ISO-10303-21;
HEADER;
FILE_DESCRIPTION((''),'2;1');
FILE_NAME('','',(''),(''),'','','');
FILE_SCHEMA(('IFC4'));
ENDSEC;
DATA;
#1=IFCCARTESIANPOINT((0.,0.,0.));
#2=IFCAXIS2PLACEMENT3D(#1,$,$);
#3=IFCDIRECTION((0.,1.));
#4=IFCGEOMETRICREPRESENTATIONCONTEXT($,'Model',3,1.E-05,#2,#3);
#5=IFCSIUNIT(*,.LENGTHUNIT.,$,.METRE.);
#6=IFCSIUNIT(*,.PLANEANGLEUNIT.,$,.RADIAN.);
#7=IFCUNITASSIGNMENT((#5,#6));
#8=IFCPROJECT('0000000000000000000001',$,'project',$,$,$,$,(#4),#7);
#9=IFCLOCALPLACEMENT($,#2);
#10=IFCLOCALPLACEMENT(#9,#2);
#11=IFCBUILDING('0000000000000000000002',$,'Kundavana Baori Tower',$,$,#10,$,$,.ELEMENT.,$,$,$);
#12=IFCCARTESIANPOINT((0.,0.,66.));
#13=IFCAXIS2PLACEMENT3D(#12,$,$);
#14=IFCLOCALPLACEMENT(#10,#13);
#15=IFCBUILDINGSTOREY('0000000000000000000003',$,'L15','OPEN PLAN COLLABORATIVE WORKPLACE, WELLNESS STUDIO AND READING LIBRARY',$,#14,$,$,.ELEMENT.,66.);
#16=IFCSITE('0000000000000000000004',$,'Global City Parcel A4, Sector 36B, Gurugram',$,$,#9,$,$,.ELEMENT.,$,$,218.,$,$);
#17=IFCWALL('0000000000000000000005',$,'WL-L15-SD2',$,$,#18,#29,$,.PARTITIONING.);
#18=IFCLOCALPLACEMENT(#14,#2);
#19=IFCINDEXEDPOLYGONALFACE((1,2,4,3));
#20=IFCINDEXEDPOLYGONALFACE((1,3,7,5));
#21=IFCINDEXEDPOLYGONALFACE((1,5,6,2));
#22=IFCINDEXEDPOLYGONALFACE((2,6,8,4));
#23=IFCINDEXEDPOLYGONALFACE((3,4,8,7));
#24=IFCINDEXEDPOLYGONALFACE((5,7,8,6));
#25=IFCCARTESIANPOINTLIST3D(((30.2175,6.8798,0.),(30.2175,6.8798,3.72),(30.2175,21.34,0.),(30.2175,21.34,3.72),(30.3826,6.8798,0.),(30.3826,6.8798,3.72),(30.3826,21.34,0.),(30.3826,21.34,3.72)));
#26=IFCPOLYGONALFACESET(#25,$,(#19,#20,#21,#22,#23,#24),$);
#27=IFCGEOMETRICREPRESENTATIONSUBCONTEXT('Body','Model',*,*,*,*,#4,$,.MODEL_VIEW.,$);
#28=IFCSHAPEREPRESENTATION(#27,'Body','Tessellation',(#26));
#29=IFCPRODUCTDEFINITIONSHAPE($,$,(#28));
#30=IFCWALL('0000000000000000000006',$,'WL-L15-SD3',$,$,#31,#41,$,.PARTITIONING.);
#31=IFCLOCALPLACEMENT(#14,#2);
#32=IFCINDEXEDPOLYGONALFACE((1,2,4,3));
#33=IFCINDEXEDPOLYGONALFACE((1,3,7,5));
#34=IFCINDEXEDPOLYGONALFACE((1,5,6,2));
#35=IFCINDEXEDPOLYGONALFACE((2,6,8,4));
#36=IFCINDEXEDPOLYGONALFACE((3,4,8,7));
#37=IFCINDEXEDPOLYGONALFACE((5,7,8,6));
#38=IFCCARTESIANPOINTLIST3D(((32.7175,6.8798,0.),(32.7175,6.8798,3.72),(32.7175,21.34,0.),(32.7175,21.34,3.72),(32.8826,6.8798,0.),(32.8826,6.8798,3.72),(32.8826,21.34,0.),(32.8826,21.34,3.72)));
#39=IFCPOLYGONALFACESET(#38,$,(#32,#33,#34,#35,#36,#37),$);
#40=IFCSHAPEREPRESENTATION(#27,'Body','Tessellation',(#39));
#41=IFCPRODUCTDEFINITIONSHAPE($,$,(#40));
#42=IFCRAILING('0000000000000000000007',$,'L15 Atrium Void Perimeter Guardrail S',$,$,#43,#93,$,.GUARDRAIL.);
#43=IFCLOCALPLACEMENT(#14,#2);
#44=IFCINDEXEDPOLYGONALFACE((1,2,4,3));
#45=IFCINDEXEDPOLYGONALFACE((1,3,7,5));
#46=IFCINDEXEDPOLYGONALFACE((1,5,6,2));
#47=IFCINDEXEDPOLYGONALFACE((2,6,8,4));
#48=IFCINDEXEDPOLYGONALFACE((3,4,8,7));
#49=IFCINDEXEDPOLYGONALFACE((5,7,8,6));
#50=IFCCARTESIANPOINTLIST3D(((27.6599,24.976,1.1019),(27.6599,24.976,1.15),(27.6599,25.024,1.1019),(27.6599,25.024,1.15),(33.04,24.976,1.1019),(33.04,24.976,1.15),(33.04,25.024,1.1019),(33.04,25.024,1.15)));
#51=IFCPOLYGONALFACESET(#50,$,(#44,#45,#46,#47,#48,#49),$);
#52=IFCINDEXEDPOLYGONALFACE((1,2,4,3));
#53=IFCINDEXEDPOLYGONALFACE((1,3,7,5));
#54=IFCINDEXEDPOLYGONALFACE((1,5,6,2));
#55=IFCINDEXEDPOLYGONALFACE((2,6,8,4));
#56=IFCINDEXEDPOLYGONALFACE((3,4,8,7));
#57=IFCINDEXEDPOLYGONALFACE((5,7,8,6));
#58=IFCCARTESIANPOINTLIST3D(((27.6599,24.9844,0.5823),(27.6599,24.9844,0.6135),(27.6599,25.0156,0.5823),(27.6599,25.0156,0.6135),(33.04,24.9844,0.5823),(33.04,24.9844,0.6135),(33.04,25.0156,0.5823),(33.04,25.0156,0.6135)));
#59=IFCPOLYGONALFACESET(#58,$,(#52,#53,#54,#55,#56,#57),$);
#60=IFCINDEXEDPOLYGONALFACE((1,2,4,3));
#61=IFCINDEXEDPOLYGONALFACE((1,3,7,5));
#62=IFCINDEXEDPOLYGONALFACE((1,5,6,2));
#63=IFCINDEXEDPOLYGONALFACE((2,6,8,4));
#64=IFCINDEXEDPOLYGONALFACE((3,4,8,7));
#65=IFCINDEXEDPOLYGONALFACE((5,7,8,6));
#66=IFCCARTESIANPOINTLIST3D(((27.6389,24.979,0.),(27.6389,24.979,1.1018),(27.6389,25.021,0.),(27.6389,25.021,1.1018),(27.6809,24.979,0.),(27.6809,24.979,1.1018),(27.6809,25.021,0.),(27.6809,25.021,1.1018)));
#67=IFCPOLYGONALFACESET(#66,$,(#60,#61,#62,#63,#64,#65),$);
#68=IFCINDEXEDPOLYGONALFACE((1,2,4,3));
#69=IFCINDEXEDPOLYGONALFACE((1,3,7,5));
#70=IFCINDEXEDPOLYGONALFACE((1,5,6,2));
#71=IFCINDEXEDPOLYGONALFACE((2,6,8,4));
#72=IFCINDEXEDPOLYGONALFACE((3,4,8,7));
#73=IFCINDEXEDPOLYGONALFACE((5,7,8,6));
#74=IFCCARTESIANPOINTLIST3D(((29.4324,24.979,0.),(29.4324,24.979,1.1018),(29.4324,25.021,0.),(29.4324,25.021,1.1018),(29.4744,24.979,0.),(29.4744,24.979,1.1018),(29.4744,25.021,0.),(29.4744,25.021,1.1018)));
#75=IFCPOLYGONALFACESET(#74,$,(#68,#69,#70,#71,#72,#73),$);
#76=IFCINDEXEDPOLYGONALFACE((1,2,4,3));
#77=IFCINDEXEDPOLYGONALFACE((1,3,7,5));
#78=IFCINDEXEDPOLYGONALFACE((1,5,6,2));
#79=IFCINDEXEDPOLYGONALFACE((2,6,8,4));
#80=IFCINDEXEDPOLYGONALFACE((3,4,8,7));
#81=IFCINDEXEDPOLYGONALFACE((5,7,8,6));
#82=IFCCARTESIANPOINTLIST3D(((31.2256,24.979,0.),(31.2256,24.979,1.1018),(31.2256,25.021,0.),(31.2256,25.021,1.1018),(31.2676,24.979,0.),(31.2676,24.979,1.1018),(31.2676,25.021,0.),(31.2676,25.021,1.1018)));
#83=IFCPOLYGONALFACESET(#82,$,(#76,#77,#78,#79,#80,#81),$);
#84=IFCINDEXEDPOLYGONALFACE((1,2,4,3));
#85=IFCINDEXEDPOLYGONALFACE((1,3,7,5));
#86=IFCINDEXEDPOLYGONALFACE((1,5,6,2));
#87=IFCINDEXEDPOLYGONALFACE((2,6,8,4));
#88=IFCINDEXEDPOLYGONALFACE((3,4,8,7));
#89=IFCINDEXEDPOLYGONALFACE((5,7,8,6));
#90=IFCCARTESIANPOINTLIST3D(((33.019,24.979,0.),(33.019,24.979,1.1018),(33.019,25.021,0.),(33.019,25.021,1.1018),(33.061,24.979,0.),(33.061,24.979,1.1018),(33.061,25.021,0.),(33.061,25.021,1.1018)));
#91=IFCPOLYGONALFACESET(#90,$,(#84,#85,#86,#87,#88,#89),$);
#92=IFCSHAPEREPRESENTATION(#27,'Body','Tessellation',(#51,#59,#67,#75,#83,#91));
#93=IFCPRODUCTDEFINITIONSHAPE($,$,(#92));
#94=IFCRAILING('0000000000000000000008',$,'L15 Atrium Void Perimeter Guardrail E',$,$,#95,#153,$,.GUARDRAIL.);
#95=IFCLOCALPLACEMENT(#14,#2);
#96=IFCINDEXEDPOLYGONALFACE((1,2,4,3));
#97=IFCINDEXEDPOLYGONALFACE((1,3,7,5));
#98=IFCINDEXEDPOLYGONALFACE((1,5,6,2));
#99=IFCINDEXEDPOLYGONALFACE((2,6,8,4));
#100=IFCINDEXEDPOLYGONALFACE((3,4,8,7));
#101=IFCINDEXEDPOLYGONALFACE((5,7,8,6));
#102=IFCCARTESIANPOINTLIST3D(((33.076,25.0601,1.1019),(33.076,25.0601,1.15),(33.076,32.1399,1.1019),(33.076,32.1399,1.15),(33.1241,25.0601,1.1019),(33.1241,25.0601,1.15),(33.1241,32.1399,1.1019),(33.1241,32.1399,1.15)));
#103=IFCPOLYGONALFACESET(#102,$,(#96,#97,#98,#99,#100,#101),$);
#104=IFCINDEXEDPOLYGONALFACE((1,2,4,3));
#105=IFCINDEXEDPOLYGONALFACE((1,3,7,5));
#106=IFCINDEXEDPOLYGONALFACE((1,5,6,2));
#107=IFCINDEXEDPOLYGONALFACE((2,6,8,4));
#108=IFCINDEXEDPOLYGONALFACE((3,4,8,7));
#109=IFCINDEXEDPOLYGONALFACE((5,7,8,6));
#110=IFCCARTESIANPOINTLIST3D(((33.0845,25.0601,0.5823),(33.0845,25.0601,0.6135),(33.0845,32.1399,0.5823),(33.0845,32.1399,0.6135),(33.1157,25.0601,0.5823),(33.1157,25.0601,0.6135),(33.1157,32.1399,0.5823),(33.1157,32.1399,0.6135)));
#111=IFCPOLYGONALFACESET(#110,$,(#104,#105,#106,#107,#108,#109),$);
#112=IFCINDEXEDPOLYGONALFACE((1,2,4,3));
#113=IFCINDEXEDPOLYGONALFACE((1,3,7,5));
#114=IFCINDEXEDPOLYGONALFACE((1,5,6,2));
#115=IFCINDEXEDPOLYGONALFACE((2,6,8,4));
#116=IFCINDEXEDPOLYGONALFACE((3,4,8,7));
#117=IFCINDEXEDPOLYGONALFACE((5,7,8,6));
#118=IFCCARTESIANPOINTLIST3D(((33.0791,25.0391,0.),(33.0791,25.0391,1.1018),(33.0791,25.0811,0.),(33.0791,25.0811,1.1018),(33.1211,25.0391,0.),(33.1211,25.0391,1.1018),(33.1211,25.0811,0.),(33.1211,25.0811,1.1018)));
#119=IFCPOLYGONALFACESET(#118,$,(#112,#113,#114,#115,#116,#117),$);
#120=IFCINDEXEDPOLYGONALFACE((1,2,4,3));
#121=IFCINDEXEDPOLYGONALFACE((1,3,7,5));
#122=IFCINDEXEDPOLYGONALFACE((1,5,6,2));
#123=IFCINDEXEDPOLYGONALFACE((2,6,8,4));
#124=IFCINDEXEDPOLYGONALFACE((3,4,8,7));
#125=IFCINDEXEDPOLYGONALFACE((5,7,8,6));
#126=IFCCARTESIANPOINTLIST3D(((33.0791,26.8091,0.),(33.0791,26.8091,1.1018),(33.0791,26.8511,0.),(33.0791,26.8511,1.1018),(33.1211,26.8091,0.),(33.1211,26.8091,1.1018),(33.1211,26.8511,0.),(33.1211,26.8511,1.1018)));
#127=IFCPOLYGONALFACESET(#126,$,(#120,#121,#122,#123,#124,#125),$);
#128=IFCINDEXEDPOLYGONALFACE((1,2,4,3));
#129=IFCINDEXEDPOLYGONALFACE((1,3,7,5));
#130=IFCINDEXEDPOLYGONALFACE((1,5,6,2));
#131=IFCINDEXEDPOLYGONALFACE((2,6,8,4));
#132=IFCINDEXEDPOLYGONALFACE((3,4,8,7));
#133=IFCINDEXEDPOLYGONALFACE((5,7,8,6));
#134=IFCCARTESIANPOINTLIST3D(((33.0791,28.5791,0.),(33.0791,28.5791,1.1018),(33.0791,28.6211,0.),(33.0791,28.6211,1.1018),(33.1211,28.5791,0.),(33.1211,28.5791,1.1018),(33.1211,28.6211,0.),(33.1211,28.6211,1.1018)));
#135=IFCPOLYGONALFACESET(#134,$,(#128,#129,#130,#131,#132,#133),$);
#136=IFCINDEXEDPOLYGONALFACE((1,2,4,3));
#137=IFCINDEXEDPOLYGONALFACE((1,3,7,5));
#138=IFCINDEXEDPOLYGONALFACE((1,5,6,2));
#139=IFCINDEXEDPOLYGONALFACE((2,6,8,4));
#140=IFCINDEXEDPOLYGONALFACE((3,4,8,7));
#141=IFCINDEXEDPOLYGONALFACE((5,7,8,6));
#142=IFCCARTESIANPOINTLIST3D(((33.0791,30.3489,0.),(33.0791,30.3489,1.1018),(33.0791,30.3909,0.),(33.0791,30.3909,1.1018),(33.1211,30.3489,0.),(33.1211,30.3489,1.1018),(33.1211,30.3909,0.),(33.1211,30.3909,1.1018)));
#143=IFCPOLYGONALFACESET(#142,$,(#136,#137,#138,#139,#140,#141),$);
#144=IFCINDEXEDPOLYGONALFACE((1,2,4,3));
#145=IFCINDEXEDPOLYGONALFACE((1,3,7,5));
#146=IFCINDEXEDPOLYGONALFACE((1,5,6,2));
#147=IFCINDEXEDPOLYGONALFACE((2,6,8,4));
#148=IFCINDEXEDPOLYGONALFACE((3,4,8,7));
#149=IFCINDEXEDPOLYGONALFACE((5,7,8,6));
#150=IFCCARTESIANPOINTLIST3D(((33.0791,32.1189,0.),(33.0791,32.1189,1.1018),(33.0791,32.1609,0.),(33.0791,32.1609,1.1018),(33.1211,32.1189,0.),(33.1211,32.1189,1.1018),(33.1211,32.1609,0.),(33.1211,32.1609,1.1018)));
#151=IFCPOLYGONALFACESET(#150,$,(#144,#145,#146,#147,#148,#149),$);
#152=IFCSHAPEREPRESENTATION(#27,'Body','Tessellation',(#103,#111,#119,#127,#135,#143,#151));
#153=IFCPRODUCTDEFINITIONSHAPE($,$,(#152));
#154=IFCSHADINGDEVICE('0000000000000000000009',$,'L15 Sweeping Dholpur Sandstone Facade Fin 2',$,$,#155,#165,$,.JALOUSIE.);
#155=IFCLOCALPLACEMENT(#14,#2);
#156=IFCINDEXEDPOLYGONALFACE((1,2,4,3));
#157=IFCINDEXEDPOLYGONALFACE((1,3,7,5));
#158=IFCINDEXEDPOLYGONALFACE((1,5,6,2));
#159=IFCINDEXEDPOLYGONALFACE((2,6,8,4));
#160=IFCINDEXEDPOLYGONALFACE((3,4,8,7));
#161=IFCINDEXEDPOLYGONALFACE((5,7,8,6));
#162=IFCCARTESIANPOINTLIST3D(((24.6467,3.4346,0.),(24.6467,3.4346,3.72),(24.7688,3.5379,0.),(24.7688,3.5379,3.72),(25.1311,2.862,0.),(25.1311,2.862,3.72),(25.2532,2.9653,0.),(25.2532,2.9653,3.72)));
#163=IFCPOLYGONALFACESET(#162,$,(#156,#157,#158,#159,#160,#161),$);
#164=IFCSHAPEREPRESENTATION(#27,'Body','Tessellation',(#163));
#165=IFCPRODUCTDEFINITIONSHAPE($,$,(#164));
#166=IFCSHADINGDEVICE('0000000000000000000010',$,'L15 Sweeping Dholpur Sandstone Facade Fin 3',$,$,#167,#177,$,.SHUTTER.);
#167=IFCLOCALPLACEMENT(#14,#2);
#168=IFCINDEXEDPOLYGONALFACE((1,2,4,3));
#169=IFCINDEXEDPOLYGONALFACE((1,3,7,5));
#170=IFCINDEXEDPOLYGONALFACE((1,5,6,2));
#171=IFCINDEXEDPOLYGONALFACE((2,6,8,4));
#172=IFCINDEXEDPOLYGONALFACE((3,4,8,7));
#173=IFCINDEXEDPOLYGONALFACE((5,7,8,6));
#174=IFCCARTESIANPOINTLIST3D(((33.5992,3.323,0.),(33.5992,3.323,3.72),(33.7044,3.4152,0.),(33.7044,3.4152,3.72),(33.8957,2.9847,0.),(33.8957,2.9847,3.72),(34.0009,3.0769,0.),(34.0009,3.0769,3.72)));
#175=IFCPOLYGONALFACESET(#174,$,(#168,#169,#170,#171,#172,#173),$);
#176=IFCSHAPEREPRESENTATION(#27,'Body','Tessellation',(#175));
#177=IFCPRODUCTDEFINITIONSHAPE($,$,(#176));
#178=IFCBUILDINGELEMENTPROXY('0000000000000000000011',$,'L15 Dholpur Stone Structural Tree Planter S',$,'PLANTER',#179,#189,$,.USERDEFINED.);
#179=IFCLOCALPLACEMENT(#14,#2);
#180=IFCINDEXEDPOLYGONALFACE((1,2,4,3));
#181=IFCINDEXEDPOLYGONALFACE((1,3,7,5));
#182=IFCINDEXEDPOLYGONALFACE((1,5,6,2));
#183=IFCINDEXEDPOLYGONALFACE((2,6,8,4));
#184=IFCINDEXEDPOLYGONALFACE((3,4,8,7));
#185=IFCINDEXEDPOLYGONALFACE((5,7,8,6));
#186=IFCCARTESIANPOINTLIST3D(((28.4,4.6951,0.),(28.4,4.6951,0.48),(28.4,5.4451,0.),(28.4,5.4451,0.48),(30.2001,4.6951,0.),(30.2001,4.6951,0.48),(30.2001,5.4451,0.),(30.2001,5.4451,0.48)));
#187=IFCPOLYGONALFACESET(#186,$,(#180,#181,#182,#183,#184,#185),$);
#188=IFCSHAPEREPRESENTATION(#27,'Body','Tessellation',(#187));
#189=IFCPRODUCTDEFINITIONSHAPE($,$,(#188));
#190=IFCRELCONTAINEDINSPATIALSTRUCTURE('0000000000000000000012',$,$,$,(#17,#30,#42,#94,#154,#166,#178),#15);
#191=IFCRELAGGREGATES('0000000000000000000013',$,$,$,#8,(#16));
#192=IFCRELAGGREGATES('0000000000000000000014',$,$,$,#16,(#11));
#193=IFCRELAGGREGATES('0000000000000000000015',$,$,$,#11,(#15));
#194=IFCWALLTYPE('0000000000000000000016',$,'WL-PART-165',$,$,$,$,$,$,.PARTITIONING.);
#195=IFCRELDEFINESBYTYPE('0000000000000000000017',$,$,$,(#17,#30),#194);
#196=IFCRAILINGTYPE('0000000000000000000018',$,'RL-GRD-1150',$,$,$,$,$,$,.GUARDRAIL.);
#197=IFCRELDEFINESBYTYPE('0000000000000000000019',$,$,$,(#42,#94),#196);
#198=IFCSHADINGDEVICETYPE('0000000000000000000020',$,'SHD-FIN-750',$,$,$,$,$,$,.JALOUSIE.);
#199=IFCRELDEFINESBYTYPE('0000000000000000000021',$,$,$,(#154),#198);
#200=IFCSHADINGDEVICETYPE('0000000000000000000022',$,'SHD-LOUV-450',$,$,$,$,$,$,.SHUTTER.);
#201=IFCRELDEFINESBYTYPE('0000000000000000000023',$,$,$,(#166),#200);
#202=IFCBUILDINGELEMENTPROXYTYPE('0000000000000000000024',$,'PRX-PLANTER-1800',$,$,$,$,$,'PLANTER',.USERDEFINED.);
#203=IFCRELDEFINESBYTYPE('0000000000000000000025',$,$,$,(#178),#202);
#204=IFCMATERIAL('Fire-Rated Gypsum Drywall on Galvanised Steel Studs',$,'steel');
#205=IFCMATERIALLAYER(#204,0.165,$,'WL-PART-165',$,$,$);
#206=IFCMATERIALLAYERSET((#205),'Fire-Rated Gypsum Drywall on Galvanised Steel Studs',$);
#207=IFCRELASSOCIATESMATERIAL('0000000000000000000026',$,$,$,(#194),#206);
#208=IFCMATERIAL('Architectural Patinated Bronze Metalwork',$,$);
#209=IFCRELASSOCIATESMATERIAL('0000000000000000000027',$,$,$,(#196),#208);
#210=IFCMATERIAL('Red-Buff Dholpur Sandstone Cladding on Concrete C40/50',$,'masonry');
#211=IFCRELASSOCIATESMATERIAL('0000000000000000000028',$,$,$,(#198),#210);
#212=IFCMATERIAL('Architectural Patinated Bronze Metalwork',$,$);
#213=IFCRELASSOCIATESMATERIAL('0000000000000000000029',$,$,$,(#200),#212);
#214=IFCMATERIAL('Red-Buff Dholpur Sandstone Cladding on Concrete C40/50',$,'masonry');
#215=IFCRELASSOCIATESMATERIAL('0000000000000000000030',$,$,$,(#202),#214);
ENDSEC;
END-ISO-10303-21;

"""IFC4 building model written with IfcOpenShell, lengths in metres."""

from ifc_helpers import new_model, si_unit, direction, frame, frame_2d, origin, origin_2d, place, context, subcontext, project, spatial, rectangle, extrude, material, layer, layer_set, type_object, element, save


model = new_model("IFC4")

# Units and contexts
model_context = context("Model", 3, precision=1e-05, world=origin(), true_north=direction((0.0, 1.0)))
body_context = subcontext(model_context, "Body", "Model", "MODEL_VIEW")
ifc_project = project(units=[si_unit("LENGTHUNIT", "METRE"), si_unit("PLANEANGLEUNIT", "RADIAN")], contexts=[model_context])

# Site, building, storey
site_placement = place(None, origin())
site = spatial("IfcSite", under=ifc_project, at=site_placement, Name="Global City Parcel A4, Sector 36B, Gurugram", CompositionType="ELEMENT", RefElevation=218.0)
building_placement = place(site_placement, origin())
building = spatial("IfcBuilding", under=site, at=building_placement, Name="Kundavana Baori Tower", CompositionType="ELEMENT")
storey_placement = place(building_placement, frame((0.0, 0.0, 66.0)))
storey = spatial("IfcBuildingStorey", under=building, at=storey_placement, Name="L15", Description="OPEN PLAN COLLABORATIVE WORKPLACE, WELLNESS STUDIO AND READING LIBRARY", CompositionType="ELEMENT", Elevation=66.0)

# Shared definitions
ifc_material_1 = material(Name="Fire-Rated Gypsum Drywall on Galvanised Steel Studs", Category="steel")
ifc_layer = layer(ifc_material_1, 0.165, Name="WL-PART-165")
ifc_layer_set = layer_set([ifc_layer], Name="Fire-Rated Gypsum Drywall on Galvanised Steel Studs")
wall_type = type_object("IfcWallType", Name="WL-PART-165", PredefinedType="PARTITIONING", material=ifc_layer_set)

# Walls
for number, where, z_axis, x_axis, name in (
    (1, (30.3, 6.8799, 0.0), (0.0, 0.0, 1.0), (0.0, 1.0, 0.0), "WL-L15-SD2"),
    (2, (32.8, 6.8799, 0.0), (0.0, 0.0, 1.0), (0.0, 1.0, 0.0), "WL-L15-SD3"),
):
    element("IfcWall", number, at=place(storey_placement, frame(where, z_axis=z_axis, x_axis=x_axis)), inside=storey, type_object=wall_type, Name=name, PredefinedType="PARTITIONING", context=body_context, shape_type="SweptSolid", body=[
        extrude(rectangle(XDim=14.4602, YDim=0.165, at=frame_2d((7.23, 0.0))), origin(), (0.0, 0.0, 1.0), 3.72),
    ])

# Railings
ifc_material_2 = material(Name="Architectural Patinated Bronze Metalwork")
railing_type = type_object("IfcRailingType", Name="RL-GRD-1150", PredefinedType="GUARDRAIL", material=ifc_material_2)
railing_1_placement = place(storey_placement, frame((27.6599, 25.0, 0.0)))
element("IfcRailing", 3, at=railing_1_placement, inside=storey, type_object=railing_type, Name="L15 Atrium Void Perimeter Guardrail S", PredefinedType="GUARDRAIL", context=body_context, shape_type="SweptSolid", body=[
    extrude(rectangle(XDim=0.0481, YDim=0.0481, at=origin_2d()), frame((0.0, 0.0, 1.126), z_axis=(1.0, 0.0, 0.0), x_axis=(0.0, 1.0, 0.0)), (0.0, 0.0, 1.0), 5.3801),
    extrude(rectangle(XDim=0.0312, YDim=0.0312, at=origin_2d()), frame((0.0, 0.0, 0.5979), z_axis=(1.0, 0.0, 0.0), x_axis=(0.0, 1.0, 0.0)), (0.0, 0.0, 1.0), 5.3801),
    extrude(rectangle(XDim=0.042, YDim=0.042, at=origin_2d()), origin(), (0.0, 0.0, 1.0), 1.1018),
    extrude(rectangle(XDim=0.042, YDim=0.042, at=origin_2d()), frame((1.7935, 0.0, 0.0)), (0.0, 0.0, 1.0), 1.1018),
    extrude(rectangle(XDim=0.042, YDim=0.042, at=origin_2d()), frame((3.5867, 0.0, 0.0)), (0.0, 0.0, 1.0), 1.1018),
    extrude(rectangle(XDim=0.042, YDim=0.042, at=origin_2d()), frame((5.3801, 0.0, 0.0)), (0.0, 0.0, 1.0), 1.1018),
])
railing_2_placement = place(storey_placement, frame((33.1001, 25.0601, 0.0)))
element("IfcRailing", 4, at=railing_2_placement, inside=storey, type_object=railing_type, Name="L15 Atrium Void Perimeter Guardrail E", PredefinedType="GUARDRAIL", context=body_context, shape_type="SweptSolid", body=[
    extrude(rectangle(XDim=0.0481, YDim=0.0481, at=origin_2d()), frame((0.0, 0.0, 1.126), z_axis=(0.0, 1.0, 0.0), x_axis=(-1.0, 0.0, 0.0)), (0.0, 0.0, 1.0), 7.0798),
    extrude(rectangle(XDim=0.0312, YDim=0.0312, at=origin_2d()), frame((0.0, 0.0, 0.5979), z_axis=(0.0, 1.0, 0.0), x_axis=(-1.0, 0.0, 0.0)), (0.0, 0.0, 1.0), 7.0798),
    extrude(rectangle(XDim=0.042, YDim=0.042, at=origin_2d()), origin(), (0.0, 0.0, 1.0), 1.1018),
    extrude(rectangle(XDim=0.042, YDim=0.042, at=origin_2d()), frame((0.0, 1.77, 0.0)), (0.0, 0.0, 1.0), 1.1018),
    extrude(rectangle(XDim=0.042, YDim=0.042, at=origin_2d()), frame((0.0, 3.54, 0.0)), (0.0, 0.0, 1.0), 1.1018),
    extrude(rectangle(XDim=0.042, YDim=0.042, at=origin_2d()), frame((0.0, 5.3098, 0.0)), (0.0, 0.0, 1.0), 1.1018),
    extrude(rectangle(XDim=0.042, YDim=0.042, at=origin_2d()), frame((0.0, 7.0798, 0.0)), (0.0, 0.0, 1.0), 1.1018),
])

# Shading devices
ifc_material_3 = material(Name="Red-Buff Dholpur Sandstone Cladding on Concrete C40/50", Category="masonry")
shading_device_type_1 = type_object("IfcShadingDeviceType", Name="SHD-FIN-750", PredefinedType="JALOUSIE", material=ifc_material_3)
shading_device_1_placement = place(storey_placement, frame((24.95, 3.2, 0.0), z_axis=(0.0, 0.0, 1.0), x_axis=(0.763458, 0.645858, 0.0)))
element("IfcShadingDevice", 5, at=shading_device_1_placement, inside=storey, type_object=shading_device_type_1, Name="L15 Sweeping Dholpur Sandstone Facade Fin 2", PredefinedType="JALOUSIE", context=body_context, shape_type="SweptSolid", body=[
    extrude(rectangle(XDim=0.1599, YDim=0.75, at=origin_2d()), origin(), (0.0, 0.0, 1.0), 3.72),
])
ifc_material_4 = material(Name="Architectural Patinated Bronze Metalwork")
shading_device_type_2 = type_object("IfcShadingDeviceType", Name="SHD-LOUV-450", PredefinedType="SHUTTER", material=ifc_material_4)
shading_device_2_placement = place(storey_placement, frame((33.8, 3.2, 0.0), z_axis=(0.0, 0.0, 1.0), x_axis=(0.75207, 0.659083, 0.0)))
element("IfcShadingDevice", 6, at=shading_device_2_placement, inside=storey, type_object=shading_device_type_2, Name="L15 Sweeping Dholpur Sandstone Facade Fin 3", PredefinedType="SHUTTER", context=body_context, shape_type="SweptSolid", body=[
    extrude(rectangle(XDim=0.1399, YDim=0.45, at=origin_2d()), origin(), (0.0, 0.0, 1.0), 3.72),
])

# Building element proxy
ifc_material_5 = material(Name="Red-Buff Dholpur Sandstone Cladding on Concrete C40/50", Category="masonry")
building_element_proxy_type = type_object("IfcBuildingElementProxyType", Name="PRX-PLANTER-1800", ElementType="PLANTER", PredefinedType="USERDEFINED", material=ifc_material_5)
proxy_placement = place(storey_placement, frame((29.3, 5.0701, 0.0), z_axis=(0.0, 0.0, 1.0), x_axis=(1.0, 0.0, 0.0)))
element("IfcBuildingElementProxy", 7, at=proxy_placement, inside=storey, type_object=building_element_proxy_type, Name="L15 Dholpur Stone Structural Tree Planter S", ObjectType="PLANTER", PredefinedType="USERDEFINED", context=body_context, shape_type="SweptSolid", body=[
    extrude(rectangle(XDim=1.8, YDim=0.75, at=origin_2d()), origin(), (0.0, 0.0, 1.0), 0.48),
])

save(model, "model.ifc")
